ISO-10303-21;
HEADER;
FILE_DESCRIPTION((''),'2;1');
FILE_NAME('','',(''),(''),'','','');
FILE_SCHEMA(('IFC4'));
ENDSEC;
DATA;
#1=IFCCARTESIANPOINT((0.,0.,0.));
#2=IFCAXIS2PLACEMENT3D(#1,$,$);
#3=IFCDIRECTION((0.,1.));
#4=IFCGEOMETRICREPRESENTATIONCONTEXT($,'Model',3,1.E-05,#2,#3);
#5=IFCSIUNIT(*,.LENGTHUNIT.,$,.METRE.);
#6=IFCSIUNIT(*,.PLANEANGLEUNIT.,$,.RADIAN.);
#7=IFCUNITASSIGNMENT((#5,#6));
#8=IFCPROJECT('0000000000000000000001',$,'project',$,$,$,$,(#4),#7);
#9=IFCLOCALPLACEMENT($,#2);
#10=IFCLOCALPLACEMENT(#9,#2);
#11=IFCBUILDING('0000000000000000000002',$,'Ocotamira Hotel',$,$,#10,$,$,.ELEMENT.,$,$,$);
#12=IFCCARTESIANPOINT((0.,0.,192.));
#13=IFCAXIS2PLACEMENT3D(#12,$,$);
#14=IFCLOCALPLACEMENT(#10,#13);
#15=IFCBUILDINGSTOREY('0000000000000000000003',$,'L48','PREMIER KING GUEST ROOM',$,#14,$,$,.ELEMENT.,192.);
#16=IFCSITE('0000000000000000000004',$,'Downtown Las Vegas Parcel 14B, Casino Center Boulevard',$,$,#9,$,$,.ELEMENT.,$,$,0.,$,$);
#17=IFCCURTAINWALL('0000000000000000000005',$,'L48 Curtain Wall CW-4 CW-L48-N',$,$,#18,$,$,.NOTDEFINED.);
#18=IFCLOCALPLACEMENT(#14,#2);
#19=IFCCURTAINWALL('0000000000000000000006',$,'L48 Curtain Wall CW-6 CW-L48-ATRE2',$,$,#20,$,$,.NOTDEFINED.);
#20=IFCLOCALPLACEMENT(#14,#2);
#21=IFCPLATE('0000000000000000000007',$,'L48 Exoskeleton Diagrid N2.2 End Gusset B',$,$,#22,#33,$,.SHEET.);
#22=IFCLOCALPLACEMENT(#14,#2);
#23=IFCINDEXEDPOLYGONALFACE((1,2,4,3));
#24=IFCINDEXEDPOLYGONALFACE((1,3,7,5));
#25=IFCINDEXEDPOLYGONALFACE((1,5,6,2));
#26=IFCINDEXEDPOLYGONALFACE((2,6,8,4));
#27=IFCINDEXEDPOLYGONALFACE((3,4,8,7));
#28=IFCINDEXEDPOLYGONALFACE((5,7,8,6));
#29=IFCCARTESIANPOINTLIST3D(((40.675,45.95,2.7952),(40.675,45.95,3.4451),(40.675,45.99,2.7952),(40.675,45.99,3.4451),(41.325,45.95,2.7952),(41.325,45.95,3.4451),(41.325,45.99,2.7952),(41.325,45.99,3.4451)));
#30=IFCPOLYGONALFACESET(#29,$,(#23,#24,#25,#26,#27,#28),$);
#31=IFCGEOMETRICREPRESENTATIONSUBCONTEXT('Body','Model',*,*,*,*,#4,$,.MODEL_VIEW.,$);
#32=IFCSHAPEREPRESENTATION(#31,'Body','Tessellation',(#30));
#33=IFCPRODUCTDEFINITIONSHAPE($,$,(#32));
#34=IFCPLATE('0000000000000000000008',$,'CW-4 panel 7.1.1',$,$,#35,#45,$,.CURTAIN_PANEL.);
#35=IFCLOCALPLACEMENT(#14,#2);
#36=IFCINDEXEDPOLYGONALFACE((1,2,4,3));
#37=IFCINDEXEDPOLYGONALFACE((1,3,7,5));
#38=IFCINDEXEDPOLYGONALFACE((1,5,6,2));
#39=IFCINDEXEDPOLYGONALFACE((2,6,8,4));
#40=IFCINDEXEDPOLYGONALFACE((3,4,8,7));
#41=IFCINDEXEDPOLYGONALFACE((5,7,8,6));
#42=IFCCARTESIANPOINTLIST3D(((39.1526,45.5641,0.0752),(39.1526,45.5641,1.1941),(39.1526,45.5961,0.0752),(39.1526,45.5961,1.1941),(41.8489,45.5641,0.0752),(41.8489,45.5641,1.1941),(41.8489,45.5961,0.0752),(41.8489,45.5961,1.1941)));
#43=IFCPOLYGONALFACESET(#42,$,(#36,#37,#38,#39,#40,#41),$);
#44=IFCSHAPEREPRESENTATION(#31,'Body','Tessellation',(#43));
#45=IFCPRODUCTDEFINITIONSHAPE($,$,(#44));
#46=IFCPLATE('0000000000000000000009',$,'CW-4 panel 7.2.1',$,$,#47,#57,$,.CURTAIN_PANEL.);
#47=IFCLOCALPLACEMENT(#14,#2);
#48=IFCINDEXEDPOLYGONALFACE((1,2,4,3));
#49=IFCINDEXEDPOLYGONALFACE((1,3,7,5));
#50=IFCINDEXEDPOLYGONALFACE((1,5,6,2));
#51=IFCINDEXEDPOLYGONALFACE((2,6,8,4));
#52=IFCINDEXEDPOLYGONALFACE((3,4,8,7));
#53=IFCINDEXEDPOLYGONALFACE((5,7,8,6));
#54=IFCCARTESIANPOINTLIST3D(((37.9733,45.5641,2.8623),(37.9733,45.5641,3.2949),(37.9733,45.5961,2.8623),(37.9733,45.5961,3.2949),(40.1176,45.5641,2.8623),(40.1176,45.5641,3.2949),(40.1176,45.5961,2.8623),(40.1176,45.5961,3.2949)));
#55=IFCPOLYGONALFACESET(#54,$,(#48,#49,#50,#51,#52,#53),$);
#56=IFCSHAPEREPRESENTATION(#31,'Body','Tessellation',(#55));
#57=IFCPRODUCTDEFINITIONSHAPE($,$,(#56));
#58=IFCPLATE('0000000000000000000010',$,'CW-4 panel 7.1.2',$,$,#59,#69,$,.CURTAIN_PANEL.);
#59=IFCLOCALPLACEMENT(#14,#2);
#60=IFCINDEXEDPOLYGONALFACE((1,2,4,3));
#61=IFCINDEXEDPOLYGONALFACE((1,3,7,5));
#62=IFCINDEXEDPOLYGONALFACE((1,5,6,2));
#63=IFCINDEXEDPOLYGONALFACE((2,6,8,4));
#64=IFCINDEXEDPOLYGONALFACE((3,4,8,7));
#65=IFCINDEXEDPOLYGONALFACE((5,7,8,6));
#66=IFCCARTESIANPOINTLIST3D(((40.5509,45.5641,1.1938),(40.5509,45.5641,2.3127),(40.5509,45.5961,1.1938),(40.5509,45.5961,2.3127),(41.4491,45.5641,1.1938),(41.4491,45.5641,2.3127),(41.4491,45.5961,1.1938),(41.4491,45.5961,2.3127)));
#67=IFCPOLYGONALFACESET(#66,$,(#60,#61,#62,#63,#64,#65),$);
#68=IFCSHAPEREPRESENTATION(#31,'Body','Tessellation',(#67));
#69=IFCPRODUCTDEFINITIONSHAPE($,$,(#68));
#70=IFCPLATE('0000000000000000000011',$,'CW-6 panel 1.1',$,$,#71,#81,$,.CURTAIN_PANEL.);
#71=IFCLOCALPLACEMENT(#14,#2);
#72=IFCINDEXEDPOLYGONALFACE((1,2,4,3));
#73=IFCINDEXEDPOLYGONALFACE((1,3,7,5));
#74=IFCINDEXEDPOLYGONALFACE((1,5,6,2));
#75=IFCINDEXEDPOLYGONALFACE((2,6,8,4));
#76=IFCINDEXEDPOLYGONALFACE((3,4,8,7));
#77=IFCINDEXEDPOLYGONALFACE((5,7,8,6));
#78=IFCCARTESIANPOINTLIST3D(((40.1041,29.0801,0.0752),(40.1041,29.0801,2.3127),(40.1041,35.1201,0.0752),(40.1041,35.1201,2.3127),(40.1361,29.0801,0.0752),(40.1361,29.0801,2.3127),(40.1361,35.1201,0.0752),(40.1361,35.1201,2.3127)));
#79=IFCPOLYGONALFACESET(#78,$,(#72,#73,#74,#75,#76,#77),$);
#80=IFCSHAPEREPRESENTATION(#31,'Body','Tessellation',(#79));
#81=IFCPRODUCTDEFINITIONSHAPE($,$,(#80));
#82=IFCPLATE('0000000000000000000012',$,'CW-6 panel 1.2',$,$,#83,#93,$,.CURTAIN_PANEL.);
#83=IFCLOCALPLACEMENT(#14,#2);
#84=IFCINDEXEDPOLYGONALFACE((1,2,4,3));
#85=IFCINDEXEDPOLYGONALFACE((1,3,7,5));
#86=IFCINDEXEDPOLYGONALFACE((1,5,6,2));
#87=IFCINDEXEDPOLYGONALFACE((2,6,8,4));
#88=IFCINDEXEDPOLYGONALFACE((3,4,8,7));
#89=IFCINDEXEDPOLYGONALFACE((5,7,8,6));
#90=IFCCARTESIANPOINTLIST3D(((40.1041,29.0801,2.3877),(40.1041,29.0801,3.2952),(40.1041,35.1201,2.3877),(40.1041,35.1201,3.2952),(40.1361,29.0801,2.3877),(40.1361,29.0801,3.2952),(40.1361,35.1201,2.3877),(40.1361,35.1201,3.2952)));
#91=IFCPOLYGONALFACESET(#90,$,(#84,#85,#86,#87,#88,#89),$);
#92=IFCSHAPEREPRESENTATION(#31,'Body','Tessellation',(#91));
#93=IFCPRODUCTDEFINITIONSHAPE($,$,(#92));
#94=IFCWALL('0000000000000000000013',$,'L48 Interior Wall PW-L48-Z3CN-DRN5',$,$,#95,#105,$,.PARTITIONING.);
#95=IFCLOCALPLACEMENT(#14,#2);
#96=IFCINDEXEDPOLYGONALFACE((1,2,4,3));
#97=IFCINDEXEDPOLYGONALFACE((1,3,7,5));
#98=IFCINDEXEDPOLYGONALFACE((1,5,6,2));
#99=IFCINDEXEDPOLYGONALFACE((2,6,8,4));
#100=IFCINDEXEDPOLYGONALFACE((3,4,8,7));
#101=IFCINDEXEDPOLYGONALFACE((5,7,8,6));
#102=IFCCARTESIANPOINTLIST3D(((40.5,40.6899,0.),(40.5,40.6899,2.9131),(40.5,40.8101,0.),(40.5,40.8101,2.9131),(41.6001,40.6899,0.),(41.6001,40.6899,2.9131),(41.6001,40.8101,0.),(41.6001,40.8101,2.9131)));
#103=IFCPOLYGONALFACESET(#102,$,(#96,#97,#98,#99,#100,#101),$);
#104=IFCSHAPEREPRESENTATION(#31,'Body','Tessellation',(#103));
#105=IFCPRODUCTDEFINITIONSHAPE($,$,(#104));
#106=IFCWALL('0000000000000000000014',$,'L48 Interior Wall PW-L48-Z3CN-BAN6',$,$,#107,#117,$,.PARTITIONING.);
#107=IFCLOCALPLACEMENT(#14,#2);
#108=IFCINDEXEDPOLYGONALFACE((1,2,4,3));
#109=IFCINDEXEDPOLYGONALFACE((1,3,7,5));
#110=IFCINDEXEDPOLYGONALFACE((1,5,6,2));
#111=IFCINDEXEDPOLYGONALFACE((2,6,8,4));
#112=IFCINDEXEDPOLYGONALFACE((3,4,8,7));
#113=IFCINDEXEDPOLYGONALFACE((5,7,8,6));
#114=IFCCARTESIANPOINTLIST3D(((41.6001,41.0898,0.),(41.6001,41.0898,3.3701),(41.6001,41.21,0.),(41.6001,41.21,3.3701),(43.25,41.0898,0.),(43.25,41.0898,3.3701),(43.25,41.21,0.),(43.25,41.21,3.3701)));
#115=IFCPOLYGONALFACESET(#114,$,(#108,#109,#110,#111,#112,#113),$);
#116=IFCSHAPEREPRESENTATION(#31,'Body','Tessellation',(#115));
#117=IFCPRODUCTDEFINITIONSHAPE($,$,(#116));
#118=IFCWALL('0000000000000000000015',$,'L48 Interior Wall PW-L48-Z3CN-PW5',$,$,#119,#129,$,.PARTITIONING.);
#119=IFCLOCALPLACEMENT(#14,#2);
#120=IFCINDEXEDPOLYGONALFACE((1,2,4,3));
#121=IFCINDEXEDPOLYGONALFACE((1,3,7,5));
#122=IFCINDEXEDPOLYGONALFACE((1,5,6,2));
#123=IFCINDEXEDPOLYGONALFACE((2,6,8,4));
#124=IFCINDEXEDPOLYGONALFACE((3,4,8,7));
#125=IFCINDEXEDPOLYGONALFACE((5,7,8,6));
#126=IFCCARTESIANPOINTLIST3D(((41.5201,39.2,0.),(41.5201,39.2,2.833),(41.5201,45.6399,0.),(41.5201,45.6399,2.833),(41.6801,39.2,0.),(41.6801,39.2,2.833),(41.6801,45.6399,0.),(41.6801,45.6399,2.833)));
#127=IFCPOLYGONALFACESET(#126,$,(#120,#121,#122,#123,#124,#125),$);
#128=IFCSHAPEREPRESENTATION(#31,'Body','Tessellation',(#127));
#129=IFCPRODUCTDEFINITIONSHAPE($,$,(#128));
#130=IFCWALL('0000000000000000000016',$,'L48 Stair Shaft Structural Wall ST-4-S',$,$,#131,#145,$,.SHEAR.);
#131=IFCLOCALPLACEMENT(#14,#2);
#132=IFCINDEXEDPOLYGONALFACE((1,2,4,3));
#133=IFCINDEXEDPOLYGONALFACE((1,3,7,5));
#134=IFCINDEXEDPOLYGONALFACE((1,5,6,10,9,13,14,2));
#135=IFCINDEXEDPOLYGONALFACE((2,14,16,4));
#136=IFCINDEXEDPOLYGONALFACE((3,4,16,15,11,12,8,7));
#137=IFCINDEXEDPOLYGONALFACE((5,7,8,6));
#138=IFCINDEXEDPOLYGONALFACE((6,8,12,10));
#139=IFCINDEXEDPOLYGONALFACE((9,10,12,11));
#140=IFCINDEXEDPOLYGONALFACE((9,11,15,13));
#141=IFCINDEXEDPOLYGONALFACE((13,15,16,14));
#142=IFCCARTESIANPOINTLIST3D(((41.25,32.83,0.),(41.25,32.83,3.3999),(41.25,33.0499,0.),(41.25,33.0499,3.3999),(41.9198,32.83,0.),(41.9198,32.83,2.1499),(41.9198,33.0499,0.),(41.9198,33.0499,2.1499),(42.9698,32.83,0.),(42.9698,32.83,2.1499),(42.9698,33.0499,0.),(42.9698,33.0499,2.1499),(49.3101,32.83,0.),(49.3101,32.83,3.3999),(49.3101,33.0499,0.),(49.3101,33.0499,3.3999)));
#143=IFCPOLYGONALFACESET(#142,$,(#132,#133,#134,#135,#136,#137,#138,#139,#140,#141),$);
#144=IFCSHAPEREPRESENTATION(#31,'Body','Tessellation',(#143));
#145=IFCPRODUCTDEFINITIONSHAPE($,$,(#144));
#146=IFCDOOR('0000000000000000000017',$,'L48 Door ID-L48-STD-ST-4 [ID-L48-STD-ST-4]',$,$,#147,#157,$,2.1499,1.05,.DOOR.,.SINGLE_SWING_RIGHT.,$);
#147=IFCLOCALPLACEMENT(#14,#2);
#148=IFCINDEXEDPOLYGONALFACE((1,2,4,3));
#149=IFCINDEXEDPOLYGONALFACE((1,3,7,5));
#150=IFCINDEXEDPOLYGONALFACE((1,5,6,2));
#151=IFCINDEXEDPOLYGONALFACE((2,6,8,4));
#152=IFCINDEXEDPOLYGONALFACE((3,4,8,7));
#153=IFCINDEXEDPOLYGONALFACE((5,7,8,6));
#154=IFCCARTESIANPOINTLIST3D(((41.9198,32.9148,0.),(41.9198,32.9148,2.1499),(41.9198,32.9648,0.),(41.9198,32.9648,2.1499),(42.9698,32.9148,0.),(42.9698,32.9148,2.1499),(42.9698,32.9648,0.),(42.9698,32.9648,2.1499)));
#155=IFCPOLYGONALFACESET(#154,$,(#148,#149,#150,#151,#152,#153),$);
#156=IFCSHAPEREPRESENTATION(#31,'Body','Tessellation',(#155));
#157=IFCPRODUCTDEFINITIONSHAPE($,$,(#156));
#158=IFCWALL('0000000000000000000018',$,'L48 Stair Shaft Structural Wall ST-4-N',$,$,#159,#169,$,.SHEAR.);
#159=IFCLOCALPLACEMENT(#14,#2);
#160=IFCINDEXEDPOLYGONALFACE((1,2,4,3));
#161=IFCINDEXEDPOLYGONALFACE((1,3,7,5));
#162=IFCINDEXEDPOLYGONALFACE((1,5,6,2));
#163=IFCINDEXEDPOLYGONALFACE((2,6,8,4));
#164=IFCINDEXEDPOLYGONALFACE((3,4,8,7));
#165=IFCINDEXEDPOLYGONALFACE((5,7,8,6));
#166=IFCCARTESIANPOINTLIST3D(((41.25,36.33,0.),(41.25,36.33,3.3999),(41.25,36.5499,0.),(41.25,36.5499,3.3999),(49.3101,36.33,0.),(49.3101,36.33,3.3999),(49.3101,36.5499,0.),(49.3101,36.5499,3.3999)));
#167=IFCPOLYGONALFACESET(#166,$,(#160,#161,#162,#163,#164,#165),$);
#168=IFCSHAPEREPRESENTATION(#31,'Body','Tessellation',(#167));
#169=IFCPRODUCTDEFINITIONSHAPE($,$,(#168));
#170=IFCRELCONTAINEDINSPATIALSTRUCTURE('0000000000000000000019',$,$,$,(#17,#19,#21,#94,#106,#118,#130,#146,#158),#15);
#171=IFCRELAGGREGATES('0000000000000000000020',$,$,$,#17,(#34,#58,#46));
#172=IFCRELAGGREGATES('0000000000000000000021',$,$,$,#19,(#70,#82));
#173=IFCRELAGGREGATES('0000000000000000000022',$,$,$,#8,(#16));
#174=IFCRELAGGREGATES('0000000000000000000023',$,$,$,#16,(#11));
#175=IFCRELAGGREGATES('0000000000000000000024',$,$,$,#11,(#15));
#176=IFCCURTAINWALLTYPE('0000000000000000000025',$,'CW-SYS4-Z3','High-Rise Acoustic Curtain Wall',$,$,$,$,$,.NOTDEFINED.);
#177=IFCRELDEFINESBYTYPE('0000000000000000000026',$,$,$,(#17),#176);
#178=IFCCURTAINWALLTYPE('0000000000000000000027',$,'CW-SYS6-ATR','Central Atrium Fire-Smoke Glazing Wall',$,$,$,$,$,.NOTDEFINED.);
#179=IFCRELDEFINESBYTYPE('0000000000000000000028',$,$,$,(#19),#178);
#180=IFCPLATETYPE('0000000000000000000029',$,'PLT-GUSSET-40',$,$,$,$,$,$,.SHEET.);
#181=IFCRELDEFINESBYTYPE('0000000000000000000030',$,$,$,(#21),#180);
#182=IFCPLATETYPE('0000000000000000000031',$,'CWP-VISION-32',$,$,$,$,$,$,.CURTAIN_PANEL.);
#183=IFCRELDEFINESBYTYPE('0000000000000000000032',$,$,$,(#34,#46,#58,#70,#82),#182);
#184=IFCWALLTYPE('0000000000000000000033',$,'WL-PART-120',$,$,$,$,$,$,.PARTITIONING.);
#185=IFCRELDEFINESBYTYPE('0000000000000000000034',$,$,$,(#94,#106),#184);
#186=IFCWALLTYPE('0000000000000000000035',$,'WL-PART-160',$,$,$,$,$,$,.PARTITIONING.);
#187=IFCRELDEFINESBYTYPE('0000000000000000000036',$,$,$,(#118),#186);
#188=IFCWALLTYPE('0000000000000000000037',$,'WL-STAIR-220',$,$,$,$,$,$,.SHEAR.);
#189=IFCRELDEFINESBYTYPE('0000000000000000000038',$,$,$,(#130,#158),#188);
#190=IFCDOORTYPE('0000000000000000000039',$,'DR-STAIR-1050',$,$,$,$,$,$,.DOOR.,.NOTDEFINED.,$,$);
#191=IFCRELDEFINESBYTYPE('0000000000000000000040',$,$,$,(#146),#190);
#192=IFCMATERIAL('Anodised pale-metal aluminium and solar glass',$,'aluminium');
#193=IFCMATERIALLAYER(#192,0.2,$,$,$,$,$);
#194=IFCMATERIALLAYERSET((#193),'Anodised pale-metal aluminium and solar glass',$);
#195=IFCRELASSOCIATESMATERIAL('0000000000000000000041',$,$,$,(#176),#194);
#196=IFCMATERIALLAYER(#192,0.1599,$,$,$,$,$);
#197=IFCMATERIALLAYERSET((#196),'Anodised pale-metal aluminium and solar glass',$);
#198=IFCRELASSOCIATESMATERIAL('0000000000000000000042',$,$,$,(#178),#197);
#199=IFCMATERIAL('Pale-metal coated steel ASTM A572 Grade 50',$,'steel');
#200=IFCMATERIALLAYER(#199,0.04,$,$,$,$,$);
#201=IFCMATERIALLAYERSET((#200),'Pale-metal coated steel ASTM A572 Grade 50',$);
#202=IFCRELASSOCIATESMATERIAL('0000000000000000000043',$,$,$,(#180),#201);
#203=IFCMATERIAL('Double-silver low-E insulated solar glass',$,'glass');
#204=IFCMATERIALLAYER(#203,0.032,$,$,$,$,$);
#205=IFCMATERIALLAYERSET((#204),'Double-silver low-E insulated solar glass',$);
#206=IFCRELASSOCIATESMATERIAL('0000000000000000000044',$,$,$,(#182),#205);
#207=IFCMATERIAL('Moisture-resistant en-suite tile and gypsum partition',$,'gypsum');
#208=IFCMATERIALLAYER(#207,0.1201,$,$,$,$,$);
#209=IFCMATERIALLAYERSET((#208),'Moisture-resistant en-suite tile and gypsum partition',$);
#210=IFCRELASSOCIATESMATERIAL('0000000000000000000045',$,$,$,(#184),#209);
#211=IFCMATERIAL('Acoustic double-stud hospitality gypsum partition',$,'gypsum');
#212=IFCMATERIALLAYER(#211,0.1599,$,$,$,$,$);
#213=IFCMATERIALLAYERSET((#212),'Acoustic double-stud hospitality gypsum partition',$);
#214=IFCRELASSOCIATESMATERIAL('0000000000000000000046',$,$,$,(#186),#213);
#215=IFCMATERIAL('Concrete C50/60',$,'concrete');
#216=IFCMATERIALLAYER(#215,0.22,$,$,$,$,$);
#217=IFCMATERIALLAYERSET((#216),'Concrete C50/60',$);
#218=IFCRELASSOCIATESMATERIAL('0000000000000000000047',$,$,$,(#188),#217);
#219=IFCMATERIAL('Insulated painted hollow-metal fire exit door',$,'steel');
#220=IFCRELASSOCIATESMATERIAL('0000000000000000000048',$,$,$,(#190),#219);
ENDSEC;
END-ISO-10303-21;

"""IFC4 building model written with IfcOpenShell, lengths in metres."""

from ifc_helpers import new_model, si_unit, direction, frame, frame_2d, origin, origin_2d, place, context, subcontext, project, spatial, rectangle, extrude, source, transform, mapped, material, layer, layer_set, type_object, element, fill, aggregate, save


model = new_model("IFC4")

# Units and contexts
model_context = context("Model", 3, precision=1e-05, world=origin(), true_north=direction((0.0, 1.0)))
body_context = subcontext(model_context, "Body", "Model", "MODEL_VIEW")
ifc_project = project(units=[si_unit("LENGTHUNIT", "METRE"), si_unit("PLANEANGLEUNIT", "RADIAN")], contexts=[model_context])

# Site, building, storey
site_placement = place(None, origin())
site = spatial("IfcSite", under=ifc_project, at=site_placement, Name="Downtown Las Vegas Parcel 14B, Casino Center Boulevard", CompositionType="ELEMENT", RefElevation=0.0)
building_placement = place(site_placement, origin())
building = spatial("IfcBuilding", under=site, at=building_placement, Name="Ocotamira Hotel", CompositionType="ELEMENT")
storey_placement = place(building_placement, frame((0.0, 0.0, 192.0)))
storey = spatial("IfcBuildingStorey", under=building, at=storey_placement, Name="L48", Description="PREMIER KING GUEST ROOM", CompositionType="ELEMENT", Elevation=192.0)

# Shared definitions
ifc_material_1 = material(Name="Concrete C50/60", Category="concrete")

# Curtain walls
ifc_material_2 = material(Name="Anodised pale-metal aluminium and solar glass", Category="aluminium")
ifc_layer_1 = layer(ifc_material_2, 0.2)
ifc_layer_set_1 = layer_set([ifc_layer_1], Name="Anodised pale-metal aluminium and solar glass")
curtain_wall_type_1 = type_object("IfcCurtainWallType", Name="CW-SYS4-Z3", Description="High-Rise Acoustic Curtain Wall", PredefinedType="NOTDEFINED", material=ifc_layer_set_1)
curtain_wall_1_placement = place(storey_placement, origin())
curtain_wall_1 = element("IfcCurtainWall", 1, at=curtain_wall_1_placement, inside=storey, type_object=curtain_wall_type_1, Name="L48 Curtain Wall CW-4 CW-L48-N", PredefinedType="NOTDEFINED")
ifc_layer_2 = layer(ifc_material_2, 0.1599)
ifc_layer_set_2 = layer_set([ifc_layer_2], Name="Anodised pale-metal aluminium and solar glass")
curtain_wall_type_2 = type_object("IfcCurtainWallType", Name="CW-SYS6-ATR", Description="Central Atrium Fire-Smoke Glazing Wall", PredefinedType="NOTDEFINED", material=ifc_layer_set_2)
curtain_wall_2_placement = place(storey_placement, origin())
curtain_wall_2 = element("IfcCurtainWall", 2, at=curtain_wall_2_placement, inside=storey, type_object=curtain_wall_type_2, Name="L48 Curtain Wall CW-6 CW-L48-ATRE2", PredefinedType="NOTDEFINED")

# Plates
ifc_material_3 = material(Name="Pale-metal coated steel ASTM A572 Grade 50", Category="steel")
ifc_layer_3 = layer(ifc_material_3, 0.04)
ifc_layer_set_3 = layer_set([ifc_layer_3], Name="Pale-metal coated steel ASTM A572 Grade 50")
plate_type_1 = type_object("IfcPlateType", Name="PLT-GUSSET-40", PredefinedType="SHEET", material=ifc_layer_set_3)
shared_shape_1 = source(origin(), body_context, "Body", "SweptSolid", [
    extrude(rectangle(XDim=0.6499, YDim=0.04, at=origin_2d()), origin(), (0.0, 0.0, 1.0), 0.6499),
])
plate_1_placement = place(storey_placement, frame((41.0, 45.97, 2.7952), z_axis=(0.0, 0.0, 1.0), x_axis=(1.0, 0.0, 0.0)))
element("IfcPlate", 3, at=plate_1_placement, inside=storey, type_object=plate_type_1, Name="L48 Exoskeleton Diagrid N2.2 End Gusset B", PredefinedType="SHEET", context=body_context, shape_type="MappedRepresentation", body=[
    mapped(shared_shape_1, transform((0.0, 0.0, 0.0), scale=1.0)),
])
ifc_material_4 = material(Name="Double-silver low-E insulated solar glass", Category="glass")
ifc_layer_4 = layer(ifc_material_4, 0.032)
ifc_layer_set_4 = layer_set([ifc_layer_4], Name="Double-silver low-E insulated solar glass")
plate_type_2 = type_object("IfcPlateType", Name="CWP-VISION-32", PredefinedType="CURTAIN_PANEL", material=ifc_layer_set_4)
shared_shape_2 = source(origin(), body_context, "Body", "SweptSolid", [
    extrude(rectangle(XDim=2.6963, YDim=0.032, at=origin_2d()), origin(), (0.0, 0.0, 1.0), 1.1189),
])
plate_2_placement = place(storey_placement, frame((40.5007, 45.5801, 0.0752), z_axis=(0.0, 0.0, 1.0), x_axis=(1.0, 0.0, 0.0)))
plate_2 = element("IfcPlate", 4, at=plate_2_placement, type_object=plate_type_2, Name="CW-4 panel 7.1.1", PredefinedType="CURTAIN_PANEL", context=body_context, shape_type="MappedRepresentation", body=[
    mapped(shared_shape_2, transform((0.0, 0.0, 0.0), scale=1.0)),
])
shared_shape_3 = source(origin(), body_context, "Body", "SweptSolid", [
    extrude(rectangle(XDim=2.1443, YDim=0.032, at=origin_2d()), origin(), (0.0, 0.0, 1.0), 0.4326),
])
plate_3_placement = place(storey_placement, frame((39.0454, 45.5801, 2.8623), z_axis=(0.0, 0.0, 1.0), x_axis=(1.0, 0.0, 0.0)))
plate_3 = element("IfcPlate", 5, at=plate_3_placement, type_object=plate_type_2, Name="CW-4 panel 7.2.1", PredefinedType="CURTAIN_PANEL", context=body_context, shape_type="MappedRepresentation", body=[
    mapped(shared_shape_3, transform((0.0, 0.0, 0.0), scale=1.0)),
])
shared_shape_4 = source(origin(), body_context, "Body", "SweptSolid", [
    extrude(rectangle(XDim=0.8982, YDim=0.032, at=origin_2d()), origin(), (0.0, 0.0, 1.0), 1.1189),
])
plate_4_placement = place(storey_placement, frame((41.0, 45.5801, 1.1938), z_axis=(0.0, 0.0, 1.0), x_axis=(1.0, 0.0, 0.0)))
plate_4 = element("IfcPlate", 6, at=plate_4_placement, type_object=plate_type_2, Name="CW-4 panel 7.1.2", PredefinedType="CURTAIN_PANEL", context=body_context, shape_type="MappedRepresentation", body=[
    mapped(shared_shape_4, transform((0.0, 0.0, 0.0), scale=1.0)),
])
aggregate(curtain_wall_1, [plate_2, plate_4, plate_3])
shared_shape_5 = source(origin(), body_context, "Body", "SweptSolid", [
    extrude(rectangle(XDim=6.04, YDim=0.032, at=origin_2d()), origin(), (0.0, 0.0, 1.0), 2.2375),
])
plate_5_placement = place(storey_placement, frame((40.1201, 32.1001, 0.0752), z_axis=(0.0, 0.0, 1.0), x_axis=(0.0, 1.0, 0.0)))
plate_5 = element("IfcPlate", 7, at=plate_5_placement, type_object=plate_type_2, Name="CW-6 panel 1.1", PredefinedType="CURTAIN_PANEL", context=body_context, shape_type="MappedRepresentation", body=[
    mapped(shared_shape_5, transform((0.0, 0.0, 0.0), scale=1.0)),
])
shared_shape_6 = source(origin(), body_context, "Body", "SweptSolid", [
    extrude(rectangle(XDim=6.04, YDim=0.032, at=origin_2d()), origin(), (0.0, 0.0, 1.0), 0.9075),
])
plate_6_placement = place(storey_placement, frame((40.1201, 32.1001, 2.3877), z_axis=(0.0, 0.0, 1.0), x_axis=(0.0, 1.0, 0.0)))
plate_6 = element("IfcPlate", 8, at=plate_6_placement, type_object=plate_type_2, Name="CW-6 panel 1.2", PredefinedType="CURTAIN_PANEL", context=body_context, shape_type="MappedRepresentation", body=[
    mapped(shared_shape_6, transform((0.0, 0.0, 0.0), scale=1.0)),
])
aggregate(curtain_wall_2, [plate_5, plate_6])

# Walls
ifc_material_5 = material(Name="Moisture-resistant en-suite tile and gypsum partition", Category="gypsum")
ifc_layer_5 = layer(ifc_material_5, 0.1201)
ifc_layer_set_5 = layer_set([ifc_layer_5], Name="Moisture-resistant en-suite tile and gypsum partition")
wall_type_1 = type_object("IfcWallType", Name="WL-PART-120", PredefinedType="PARTITIONING", material=ifc_layer_set_5)
wall_1_placement = place(storey_placement, frame((40.5, 40.75, 0.0), z_axis=(0.0, 0.0, 1.0), x_axis=(1.0, 0.0, 0.0)))
element("IfcWall", 9, at=wall_1_placement, inside=storey, type_object=wall_type_1, Name="L48 Interior Wall PW-L48-Z3CN-DRN5", PredefinedType="PARTITIONING", context=body_context, shape_type="SweptSolid", body=[
    extrude(rectangle(XDim=1.1001, YDim=0.1201, at=frame_2d((0.55, 0.0))), origin(), (0.0, 0.0, 1.0), 2.9131),
])
wall_2_placement = place(storey_placement, frame((41.6001, 41.1499, 0.0), z_axis=(0.0, 0.0, 1.0), x_axis=(1.0, 0.0, 0.0)))
element("IfcWall", 10, at=wall_2_placement, inside=storey, type_object=wall_type_1, Name="L48 Interior Wall PW-L48-Z3CN-BAN6", PredefinedType="PARTITIONING", context=body_context, shape_type="SweptSolid", body=[
    extrude(rectangle(XDim=1.6499, YDim=0.1201, at=frame_2d((0.825, 0.0))), origin(), (0.0, 0.0, 1.0), 3.3701),
])
ifc_material_6 = material(Name="Acoustic double-stud hospitality gypsum partition", Category="gypsum")
ifc_layer_6 = layer(ifc_material_6, 0.1599)
ifc_layer_set_6 = layer_set([ifc_layer_6], Name="Acoustic double-stud hospitality gypsum partition")
wall_type_2 = type_object("IfcWallType", Name="WL-PART-160", PredefinedType="PARTITIONING", material=ifc_layer_set_6)
wall_3_placement = place(storey_placement, frame((41.6001, 39.2, 0.0), z_axis=(0.0, 0.0, 1.0), x_axis=(0.0, 1.0, 0.0)))
element("IfcWall", 11, at=wall_3_placement, inside=storey, type_object=wall_type_2, Name="L48 Interior Wall PW-L48-Z3CN-PW5", PredefinedType="PARTITIONING", context=body_context, shape_type="SweptSolid", body=[
    extrude(rectangle(XDim=6.4399, YDim=0.1599, at=frame_2d((3.22, 0.0))), origin(), (0.0, 0.0, 1.0), 2.833),
])

# Wall, opening, door
ifc_layer_7 = layer(ifc_material_1, 0.22)
ifc_layer_set_7 = layer_set([ifc_layer_7], Name="Concrete C50/60")
wall_type_3 = type_object("IfcWallType", Name="WL-STAIR-220", PredefinedType="SHEAR", material=ifc_layer_set_7)
wall_4_placement = place(storey_placement, frame((41.25, 32.9399, 0.0), z_axis=(0.0, 0.0, 1.0), x_axis=(1.0, 0.0, 0.0)))
wall_4 = element("IfcWall", 12, at=wall_4_placement, inside=storey, type_object=wall_type_3, Name="L48 Stair Shaft Structural Wall ST-4-S", PredefinedType="SHEAR", context=body_context, shape_type="SweptSolid", body=[
    extrude(rectangle(XDim=8.0601, YDim=0.22, at=frame_2d((4.03, 0.0))), origin(), (0.0, 0.0, 1.0), 3.3999),
])
opening_1_placement = place(wall_4_placement, frame((0.6699, 0.0, 0.0)))
opening_1 = element("IfcOpeningElement", 13, at=opening_1_placement, cuts=wall_4, PredefinedType="OPENING", context=body_context, shape_type="SweptSolid", body=[
    extrude(rectangle(XDim=1.05, YDim=2.1499, at=frame_2d((0.5249, 1.075))), frame((0.0, 0.1201, 0.0), z_axis=(0.0, -1.0, 0.0), x_axis=(1.0, 0.0, 0.0)), (0.0, 0.0, 1.0), 0.24),
])
ifc_material_7 = material(Name="Insulated painted hollow-metal fire exit door", Category="steel")
door_type_1 = type_object("IfcDoorType", Name="DR-STAIR-1050", OperationType="NOTDEFINED", PredefinedType="DOOR", material=ifc_material_7)
shared_shape_7 = source(origin(), body_context, "Body", "SweptSolid", [
    extrude(rectangle(XDim=1.05, YDim=2.1499, at=frame_2d((0.5249, 1.075))), frame((0.0, 0.0249, 0.0), z_axis=(0.0, -1.0, 0.0), x_axis=(1.0, 0.0, 0.0)), (0.0, 0.0, 1.0), 0.05),
])
door_1_placement = place(opening_1_placement, origin())
door_1 = element("IfcDoor", 14, at=door_1_placement, inside=storey, type_object=door_type_1, Name="L48 Door ID-L48-STD-ST-4 [ID-L48-STD-ST-4]", OperationType="SINGLE_SWING_RIGHT", OverallHeight=2.1499, OverallWidth=1.05, PredefinedType="DOOR", context=body_context, shape_type="MappedRepresentation", body=[
    mapped(shared_shape_7, transform((0.0, 0.0, 0.0), scale=1.0)),
])
fill(opening_1, door_1)

# Wall
wall_5_placement = place(storey_placement, frame((41.25, 36.4399, 0.0), z_axis=(0.0, 0.0, 1.0), x_axis=(1.0, 0.0, 0.0)))
element("IfcWall", 15, at=wall_5_placement, inside=storey, type_object=wall_type_3, Name="L48 Stair Shaft Structural Wall ST-4-N", PredefinedType="SHEAR", context=body_context, shape_type="SweptSolid", body=[
    extrude(rectangle(XDim=8.0601, YDim=0.22, at=frame_2d((4.03, 0.0))), origin(), (0.0, 0.0, 1.0), 3.3999),
])

save(model, "model.ifc")
